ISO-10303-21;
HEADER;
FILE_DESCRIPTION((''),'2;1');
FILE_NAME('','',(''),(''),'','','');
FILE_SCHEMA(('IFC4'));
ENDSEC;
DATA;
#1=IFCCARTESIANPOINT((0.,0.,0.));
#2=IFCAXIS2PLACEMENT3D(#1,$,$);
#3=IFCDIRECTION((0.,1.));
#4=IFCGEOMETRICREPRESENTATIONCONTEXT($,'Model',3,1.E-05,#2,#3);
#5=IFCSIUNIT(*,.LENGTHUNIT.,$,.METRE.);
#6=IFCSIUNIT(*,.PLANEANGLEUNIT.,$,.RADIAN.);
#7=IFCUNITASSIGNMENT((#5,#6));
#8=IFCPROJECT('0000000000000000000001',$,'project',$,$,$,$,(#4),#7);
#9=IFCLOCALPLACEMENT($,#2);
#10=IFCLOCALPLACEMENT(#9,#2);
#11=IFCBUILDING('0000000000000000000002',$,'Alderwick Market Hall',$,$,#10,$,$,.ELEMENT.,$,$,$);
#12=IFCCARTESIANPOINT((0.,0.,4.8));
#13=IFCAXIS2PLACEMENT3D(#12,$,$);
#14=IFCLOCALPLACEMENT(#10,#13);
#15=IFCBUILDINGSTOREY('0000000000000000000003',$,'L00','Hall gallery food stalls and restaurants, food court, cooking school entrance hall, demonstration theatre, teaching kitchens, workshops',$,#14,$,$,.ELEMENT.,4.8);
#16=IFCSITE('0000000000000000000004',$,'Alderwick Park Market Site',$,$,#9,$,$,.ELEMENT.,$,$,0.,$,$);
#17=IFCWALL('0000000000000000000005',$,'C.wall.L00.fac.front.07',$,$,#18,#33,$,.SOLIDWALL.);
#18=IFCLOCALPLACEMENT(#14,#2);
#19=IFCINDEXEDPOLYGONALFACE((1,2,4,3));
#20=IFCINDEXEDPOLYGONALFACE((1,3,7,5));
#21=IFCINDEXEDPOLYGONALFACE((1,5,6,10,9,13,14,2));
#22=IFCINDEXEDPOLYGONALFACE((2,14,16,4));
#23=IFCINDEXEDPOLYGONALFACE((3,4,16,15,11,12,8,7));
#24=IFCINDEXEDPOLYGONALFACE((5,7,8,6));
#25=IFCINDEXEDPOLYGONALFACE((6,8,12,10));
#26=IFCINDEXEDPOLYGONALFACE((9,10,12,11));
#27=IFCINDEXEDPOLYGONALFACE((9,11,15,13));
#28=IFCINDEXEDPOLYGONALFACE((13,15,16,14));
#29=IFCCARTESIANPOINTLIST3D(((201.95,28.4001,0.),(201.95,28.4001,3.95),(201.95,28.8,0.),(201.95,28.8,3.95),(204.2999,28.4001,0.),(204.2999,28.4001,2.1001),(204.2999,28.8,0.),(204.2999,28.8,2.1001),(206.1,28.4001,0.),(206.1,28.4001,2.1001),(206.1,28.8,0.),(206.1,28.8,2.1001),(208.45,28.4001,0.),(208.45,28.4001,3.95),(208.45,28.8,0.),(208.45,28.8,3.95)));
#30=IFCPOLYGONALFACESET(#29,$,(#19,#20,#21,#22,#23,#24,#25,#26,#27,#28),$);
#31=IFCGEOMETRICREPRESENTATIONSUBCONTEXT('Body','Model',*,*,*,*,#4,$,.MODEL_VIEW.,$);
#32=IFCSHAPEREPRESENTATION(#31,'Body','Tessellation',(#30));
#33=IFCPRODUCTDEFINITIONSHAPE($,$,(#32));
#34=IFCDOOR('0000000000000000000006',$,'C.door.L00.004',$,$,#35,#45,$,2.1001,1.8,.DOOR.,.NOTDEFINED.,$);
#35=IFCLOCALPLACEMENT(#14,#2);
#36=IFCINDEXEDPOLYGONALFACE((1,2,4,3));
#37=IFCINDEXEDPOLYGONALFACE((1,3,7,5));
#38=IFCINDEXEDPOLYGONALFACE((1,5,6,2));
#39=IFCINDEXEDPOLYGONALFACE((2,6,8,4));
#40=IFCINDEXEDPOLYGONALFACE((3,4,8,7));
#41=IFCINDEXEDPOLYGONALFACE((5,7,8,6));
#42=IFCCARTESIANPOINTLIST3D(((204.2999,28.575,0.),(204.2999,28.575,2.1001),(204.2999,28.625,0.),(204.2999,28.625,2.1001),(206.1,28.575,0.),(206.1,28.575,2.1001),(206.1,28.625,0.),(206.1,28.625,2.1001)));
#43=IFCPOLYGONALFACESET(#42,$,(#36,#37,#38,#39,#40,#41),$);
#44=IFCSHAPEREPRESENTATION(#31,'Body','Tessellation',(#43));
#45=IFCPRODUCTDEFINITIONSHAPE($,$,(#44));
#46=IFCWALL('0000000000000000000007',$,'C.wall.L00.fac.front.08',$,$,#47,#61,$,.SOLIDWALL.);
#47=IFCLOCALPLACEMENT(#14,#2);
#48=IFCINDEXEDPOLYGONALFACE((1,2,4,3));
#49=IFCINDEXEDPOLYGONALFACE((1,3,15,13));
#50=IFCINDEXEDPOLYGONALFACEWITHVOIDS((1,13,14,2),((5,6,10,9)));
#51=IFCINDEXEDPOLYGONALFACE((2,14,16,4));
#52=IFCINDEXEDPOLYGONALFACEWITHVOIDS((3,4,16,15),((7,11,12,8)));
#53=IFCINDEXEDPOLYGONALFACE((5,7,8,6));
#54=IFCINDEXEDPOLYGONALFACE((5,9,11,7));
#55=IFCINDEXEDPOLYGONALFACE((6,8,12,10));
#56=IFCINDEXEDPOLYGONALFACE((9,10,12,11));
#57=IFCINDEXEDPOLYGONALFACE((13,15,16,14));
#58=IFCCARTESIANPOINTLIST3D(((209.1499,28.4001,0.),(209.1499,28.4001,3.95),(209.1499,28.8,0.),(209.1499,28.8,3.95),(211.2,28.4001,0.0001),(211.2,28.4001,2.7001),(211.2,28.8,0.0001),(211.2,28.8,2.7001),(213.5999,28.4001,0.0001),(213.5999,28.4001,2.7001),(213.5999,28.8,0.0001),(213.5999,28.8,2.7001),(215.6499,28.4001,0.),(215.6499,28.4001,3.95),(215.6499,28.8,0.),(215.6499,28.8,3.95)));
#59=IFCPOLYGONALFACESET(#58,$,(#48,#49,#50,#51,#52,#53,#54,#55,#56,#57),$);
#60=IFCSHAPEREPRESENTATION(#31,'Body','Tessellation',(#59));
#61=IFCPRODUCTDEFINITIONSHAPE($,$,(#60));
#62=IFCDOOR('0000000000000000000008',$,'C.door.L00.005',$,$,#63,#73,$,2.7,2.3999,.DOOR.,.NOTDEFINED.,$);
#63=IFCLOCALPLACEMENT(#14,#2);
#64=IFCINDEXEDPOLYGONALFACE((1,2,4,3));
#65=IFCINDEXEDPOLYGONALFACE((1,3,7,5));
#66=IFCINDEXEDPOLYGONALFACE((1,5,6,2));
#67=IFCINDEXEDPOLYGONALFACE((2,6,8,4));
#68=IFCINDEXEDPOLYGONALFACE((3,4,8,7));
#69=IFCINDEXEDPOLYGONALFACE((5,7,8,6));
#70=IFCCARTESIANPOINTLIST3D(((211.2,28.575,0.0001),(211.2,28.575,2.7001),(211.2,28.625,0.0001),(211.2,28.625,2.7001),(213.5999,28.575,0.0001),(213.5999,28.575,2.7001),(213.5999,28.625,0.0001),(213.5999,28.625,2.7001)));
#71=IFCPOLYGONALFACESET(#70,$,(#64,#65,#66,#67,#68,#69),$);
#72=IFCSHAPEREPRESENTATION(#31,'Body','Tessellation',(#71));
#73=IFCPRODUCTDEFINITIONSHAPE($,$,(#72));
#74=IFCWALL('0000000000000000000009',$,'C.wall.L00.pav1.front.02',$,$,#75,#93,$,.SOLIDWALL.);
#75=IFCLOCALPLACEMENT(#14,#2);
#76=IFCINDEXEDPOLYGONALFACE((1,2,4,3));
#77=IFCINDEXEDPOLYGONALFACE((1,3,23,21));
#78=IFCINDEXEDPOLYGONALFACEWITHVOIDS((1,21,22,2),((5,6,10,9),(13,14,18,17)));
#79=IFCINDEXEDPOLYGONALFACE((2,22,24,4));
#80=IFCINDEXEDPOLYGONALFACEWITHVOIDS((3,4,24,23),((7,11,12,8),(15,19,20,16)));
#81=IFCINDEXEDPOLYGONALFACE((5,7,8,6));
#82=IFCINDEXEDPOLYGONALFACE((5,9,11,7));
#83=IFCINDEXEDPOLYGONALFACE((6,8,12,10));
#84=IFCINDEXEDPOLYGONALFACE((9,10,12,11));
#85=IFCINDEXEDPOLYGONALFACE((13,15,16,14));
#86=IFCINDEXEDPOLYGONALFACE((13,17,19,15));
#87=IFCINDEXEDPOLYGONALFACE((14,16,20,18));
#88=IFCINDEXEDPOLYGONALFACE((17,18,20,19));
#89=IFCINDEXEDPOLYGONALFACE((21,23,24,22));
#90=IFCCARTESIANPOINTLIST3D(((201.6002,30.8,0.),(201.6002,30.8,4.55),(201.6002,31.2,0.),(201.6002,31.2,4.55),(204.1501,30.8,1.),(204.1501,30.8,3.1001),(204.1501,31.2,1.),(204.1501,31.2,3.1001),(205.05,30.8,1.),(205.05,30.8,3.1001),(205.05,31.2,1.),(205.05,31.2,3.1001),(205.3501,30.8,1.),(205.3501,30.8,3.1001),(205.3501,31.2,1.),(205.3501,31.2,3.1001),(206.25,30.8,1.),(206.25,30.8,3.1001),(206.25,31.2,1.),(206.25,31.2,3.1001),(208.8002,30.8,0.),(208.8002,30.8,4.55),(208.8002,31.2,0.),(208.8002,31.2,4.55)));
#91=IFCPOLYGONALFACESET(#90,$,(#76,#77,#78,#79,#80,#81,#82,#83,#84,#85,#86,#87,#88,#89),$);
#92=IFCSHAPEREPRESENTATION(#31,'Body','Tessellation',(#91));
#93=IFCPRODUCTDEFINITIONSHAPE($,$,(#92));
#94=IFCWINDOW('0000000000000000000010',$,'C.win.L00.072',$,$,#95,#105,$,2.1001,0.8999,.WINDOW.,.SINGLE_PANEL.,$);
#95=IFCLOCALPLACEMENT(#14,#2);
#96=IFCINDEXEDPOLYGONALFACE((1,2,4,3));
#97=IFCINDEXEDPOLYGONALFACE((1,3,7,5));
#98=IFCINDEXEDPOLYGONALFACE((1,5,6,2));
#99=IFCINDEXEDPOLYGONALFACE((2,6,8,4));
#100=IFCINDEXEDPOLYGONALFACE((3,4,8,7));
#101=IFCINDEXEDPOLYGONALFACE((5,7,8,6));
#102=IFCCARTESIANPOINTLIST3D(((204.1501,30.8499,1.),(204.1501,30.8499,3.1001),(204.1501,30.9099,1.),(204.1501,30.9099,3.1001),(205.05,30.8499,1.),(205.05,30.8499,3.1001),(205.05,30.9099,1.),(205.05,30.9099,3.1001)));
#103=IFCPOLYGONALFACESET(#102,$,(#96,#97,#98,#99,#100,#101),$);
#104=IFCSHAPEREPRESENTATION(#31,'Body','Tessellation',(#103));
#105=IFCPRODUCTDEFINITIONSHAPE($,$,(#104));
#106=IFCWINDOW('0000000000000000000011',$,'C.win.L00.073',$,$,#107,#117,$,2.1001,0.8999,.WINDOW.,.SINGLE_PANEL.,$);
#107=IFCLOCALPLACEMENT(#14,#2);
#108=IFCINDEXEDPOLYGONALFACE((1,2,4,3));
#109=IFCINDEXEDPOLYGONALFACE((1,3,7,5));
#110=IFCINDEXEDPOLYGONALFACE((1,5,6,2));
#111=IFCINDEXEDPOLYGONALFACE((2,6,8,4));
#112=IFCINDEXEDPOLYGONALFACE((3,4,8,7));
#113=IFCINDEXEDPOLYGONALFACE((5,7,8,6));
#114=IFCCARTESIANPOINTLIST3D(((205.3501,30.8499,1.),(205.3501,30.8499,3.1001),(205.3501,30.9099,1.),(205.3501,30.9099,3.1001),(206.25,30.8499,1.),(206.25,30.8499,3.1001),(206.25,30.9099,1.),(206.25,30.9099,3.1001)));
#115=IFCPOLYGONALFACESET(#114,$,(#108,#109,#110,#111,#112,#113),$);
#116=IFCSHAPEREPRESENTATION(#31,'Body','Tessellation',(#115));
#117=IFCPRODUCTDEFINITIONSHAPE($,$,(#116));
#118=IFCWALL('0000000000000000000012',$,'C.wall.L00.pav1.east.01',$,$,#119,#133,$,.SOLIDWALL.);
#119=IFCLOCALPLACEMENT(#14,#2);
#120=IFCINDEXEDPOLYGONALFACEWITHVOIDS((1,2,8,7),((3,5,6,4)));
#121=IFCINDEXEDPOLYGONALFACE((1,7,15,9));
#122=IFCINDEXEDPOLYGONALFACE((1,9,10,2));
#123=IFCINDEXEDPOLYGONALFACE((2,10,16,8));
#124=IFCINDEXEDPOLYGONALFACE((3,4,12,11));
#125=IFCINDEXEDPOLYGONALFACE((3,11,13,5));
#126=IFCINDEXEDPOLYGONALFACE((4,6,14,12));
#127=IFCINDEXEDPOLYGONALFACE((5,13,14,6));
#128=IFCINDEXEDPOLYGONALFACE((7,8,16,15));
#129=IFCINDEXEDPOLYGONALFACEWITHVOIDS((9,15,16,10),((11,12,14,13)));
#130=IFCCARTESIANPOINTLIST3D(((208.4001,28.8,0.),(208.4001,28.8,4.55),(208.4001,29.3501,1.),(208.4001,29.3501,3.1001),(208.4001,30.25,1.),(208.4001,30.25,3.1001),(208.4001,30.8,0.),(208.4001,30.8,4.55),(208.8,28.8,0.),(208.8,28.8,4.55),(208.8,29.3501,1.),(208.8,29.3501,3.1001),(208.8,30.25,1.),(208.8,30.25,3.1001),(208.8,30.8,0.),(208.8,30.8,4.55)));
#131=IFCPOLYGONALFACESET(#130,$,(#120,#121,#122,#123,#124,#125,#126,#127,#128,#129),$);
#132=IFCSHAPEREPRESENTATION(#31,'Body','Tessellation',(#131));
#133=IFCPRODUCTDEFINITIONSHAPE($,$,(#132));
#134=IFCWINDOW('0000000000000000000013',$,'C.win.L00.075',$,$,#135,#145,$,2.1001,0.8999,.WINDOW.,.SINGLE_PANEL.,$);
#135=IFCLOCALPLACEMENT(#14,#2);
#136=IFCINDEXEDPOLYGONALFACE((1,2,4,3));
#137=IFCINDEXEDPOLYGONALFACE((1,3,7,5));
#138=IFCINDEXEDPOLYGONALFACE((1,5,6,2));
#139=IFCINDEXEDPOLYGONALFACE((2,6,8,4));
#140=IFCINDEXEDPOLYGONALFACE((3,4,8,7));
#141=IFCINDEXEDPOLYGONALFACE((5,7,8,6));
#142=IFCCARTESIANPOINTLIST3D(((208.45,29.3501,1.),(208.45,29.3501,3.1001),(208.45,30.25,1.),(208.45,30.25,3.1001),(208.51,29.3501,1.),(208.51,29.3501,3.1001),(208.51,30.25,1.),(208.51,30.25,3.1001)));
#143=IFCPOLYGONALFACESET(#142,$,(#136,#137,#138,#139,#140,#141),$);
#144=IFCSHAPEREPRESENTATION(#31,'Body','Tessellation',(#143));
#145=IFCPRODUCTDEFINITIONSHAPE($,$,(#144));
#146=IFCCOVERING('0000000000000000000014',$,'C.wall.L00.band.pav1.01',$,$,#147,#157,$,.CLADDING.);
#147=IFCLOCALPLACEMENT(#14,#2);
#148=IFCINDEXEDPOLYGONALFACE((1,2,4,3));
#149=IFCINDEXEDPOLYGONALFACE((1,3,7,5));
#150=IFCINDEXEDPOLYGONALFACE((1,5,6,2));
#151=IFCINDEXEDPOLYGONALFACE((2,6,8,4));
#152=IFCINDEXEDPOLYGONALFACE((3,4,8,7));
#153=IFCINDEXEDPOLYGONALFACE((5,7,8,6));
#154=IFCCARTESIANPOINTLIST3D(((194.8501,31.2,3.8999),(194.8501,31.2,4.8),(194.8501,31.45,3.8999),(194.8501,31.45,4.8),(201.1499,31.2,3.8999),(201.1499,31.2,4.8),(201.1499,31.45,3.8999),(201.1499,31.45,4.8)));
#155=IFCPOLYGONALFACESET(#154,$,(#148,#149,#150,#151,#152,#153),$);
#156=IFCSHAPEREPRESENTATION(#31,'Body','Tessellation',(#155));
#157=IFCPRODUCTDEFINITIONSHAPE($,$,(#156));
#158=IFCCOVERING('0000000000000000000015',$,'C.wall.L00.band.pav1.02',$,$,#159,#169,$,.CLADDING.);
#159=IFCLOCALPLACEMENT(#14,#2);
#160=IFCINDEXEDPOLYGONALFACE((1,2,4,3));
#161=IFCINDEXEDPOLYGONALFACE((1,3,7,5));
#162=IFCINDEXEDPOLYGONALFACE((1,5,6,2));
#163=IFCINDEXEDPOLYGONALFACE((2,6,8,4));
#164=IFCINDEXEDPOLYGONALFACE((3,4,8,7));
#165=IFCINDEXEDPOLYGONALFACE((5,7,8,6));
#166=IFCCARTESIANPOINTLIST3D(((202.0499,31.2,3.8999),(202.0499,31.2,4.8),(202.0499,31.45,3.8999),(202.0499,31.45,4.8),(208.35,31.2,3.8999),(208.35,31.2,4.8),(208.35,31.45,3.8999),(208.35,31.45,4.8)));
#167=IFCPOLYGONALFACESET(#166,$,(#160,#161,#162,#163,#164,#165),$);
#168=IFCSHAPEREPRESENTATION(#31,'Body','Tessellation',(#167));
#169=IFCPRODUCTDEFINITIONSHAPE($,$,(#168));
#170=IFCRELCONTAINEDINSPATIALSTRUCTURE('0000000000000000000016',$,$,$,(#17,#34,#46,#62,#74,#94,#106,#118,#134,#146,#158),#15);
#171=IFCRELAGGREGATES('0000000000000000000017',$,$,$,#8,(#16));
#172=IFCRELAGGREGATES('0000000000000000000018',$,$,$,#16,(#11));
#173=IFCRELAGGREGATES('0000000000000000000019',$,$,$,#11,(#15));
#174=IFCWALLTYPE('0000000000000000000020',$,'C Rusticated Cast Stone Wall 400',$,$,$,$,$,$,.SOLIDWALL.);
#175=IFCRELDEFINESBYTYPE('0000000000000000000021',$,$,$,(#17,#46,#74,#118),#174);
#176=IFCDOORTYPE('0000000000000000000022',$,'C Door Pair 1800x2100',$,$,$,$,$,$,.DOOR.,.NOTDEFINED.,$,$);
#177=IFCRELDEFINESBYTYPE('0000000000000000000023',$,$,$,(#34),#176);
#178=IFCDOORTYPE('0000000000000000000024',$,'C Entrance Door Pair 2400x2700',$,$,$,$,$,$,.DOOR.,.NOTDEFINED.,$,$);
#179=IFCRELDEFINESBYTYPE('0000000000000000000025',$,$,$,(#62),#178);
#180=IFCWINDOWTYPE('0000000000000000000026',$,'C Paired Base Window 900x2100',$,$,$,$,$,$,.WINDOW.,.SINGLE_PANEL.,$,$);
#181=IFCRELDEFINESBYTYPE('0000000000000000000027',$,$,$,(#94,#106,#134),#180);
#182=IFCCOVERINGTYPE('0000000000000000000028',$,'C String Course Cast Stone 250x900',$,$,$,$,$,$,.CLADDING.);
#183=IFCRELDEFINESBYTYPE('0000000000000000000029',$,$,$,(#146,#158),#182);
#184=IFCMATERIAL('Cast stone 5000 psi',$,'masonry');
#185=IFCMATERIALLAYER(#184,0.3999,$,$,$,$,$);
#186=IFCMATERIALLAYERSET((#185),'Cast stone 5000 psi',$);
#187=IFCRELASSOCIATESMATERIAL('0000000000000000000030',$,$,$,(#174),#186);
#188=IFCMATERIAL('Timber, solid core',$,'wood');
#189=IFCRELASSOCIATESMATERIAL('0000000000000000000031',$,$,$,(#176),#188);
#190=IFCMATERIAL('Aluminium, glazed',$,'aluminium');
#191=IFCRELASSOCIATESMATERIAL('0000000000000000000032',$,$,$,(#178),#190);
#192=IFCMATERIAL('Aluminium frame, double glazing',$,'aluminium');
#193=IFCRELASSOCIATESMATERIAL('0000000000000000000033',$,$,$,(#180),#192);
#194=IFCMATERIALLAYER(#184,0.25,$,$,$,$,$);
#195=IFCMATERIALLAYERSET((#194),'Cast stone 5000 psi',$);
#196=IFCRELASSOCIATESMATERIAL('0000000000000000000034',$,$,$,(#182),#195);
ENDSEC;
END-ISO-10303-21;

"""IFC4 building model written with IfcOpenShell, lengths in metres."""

from ifc_helpers import new_model, si_unit, direction, frame, frame_2d, origin, place, context, subcontext, project, spatial, rectangle, extrude, material, layer, layer_set, type_object, element, fill, save


model = new_model("IFC4")

# Units and contexts
model_context = context("Model", 3, precision=1e-05, world=origin(), true_north=direction((0.0, 1.0)))
body_context = subcontext(model_context, "Body", "Model", "MODEL_VIEW")
ifc_project = project(units=[si_unit("LENGTHUNIT", "METRE"), si_unit("PLANEANGLEUNIT", "RADIAN")], contexts=[model_context])

# Site, building, storey
site_placement = place(None, origin())
site = spatial("IfcSite", under=ifc_project, at=site_placement, Name="Alderwick Park Market Site", CompositionType="ELEMENT", RefElevation=0.0)
building_placement = place(site_placement, origin())
building = spatial("IfcBuilding", under=site, at=building_placement, Name="Alderwick Market Hall", CompositionType="ELEMENT")
storey_placement = place(building_placement, frame((0.0, 0.0, 4.8)))
storey = spatial("IfcBuildingStorey", under=building, at=storey_placement, Name="L00", Description="Hall gallery food stalls and restaurants, food court, cooking school entrance hall, demonstration theatre, teaching kitchens, workshops", CompositionType="ELEMENT", Elevation=4.8)

# Shared definitions
ifc_material_1 = material(Name="Cast stone 5000 psi", Category="masonry")

# Walls, openings, doors
ifc_layer_1 = layer(ifc_material_1, 0.3999)
ifc_layer_set_1 = layer_set([ifc_layer_1], Name="Cast stone 5000 psi")
wall_type = type_object("IfcWallType", Name="C Rusticated Cast Stone Wall 400", PredefinedType="SOLIDWALL", material=ifc_layer_set_1)
wall_1_placement = place(storey_placement, frame((201.95, 28.6001, 0.0), z_axis=(0.0, 0.0, 1.0), x_axis=(1.0, 0.0, 0.0)))
wall_1 = element("IfcWall", 1, at=wall_1_placement, inside=storey, type_object=wall_type, Name="C.wall.L00.fac.front.07", PredefinedType="SOLIDWALL", context=body_context, shape_type="SweptSolid", body=[
    extrude(rectangle(XDim=6.5, YDim=0.3999, at=frame_2d((3.25, 0.0))), origin(), (0.0, 0.0, 1.0), 3.95),
])
opening_1_placement = place(wall_1_placement, frame((2.3501, 0.0, 0.0)))
opening_1 = element("IfcOpeningElement", 2, at=opening_1_placement, cuts=wall_1, PredefinedType="OPENING", context=body_context, shape_type="SweptSolid", body=[
    extrude(rectangle(XDim=1.8, YDim=2.1001, at=frame_2d((0.8999, 1.05))), frame((0.0, 0.21, 0.0), z_axis=(0.0, -1.0, 0.0), x_axis=(1.0, 0.0, 0.0)), (0.0, 0.0, 1.0), 0.4199),
])
ifc_material_2 = material(Name="Timber, solid core", Category="wood")
door_type_1 = type_object("IfcDoorType", Name="C Door Pair 1800x2100", OperationType="NOTDEFINED", PredefinedType="DOOR", material=ifc_material_2)
door_1_placement = place(opening_1_placement, origin())
door_1 = element("IfcDoor", 3, at=door_1_placement, inside=storey, type_object=door_type_1, Name="C.door.L00.004", OperationType="NOTDEFINED", OverallHeight=2.1001, OverallWidth=1.8, PredefinedType="DOOR", context=body_context, shape_type="SweptSolid", body=[
    extrude(rectangle(XDim=1.8, YDim=2.1001, at=frame_2d((0.8999, 1.05))), frame((0.0, 0.0249, 0.0), z_axis=(0.0, -1.0, 0.0), x_axis=(1.0, 0.0, 0.0)), (0.0, 0.0, 1.0), 0.05),
])
fill(opening_1, door_1)
wall_2_placement = place(storey_placement, frame((209.1499, 28.6001, 0.0), z_axis=(0.0, 0.0, 1.0), x_axis=(1.0, 0.0, 0.0)))
wall_2 = element("IfcWall", 4, at=wall_2_placement, inside=storey, type_object=wall_type, Name="C.wall.L00.fac.front.08", PredefinedType="SOLIDWALL", context=body_context, shape_type="SweptSolid", body=[
    extrude(rectangle(XDim=6.5, YDim=0.3999, at=frame_2d((3.25, 0.0))), origin(), (0.0, 0.0, 1.0), 3.95),
])
opening_2_placement = place(wall_2_placement, frame((2.05, 0.0, 0.0)))
opening_2 = element("IfcOpeningElement", 5, at=opening_2_placement, cuts=wall_2, PredefinedType="OPENING", context=body_context, shape_type="SweptSolid", body=[
    extrude(rectangle(XDim=2.3999, YDim=2.7, at=frame_2d((1.2, 1.3501))), frame((0.0, 0.21, 0.0), z_axis=(0.0, -1.0, 0.0), x_axis=(1.0, 0.0, 0.0)), (0.0, 0.0, 1.0), 0.4199),
])
ifc_material_3 = material(Name="Aluminium, glazed", Category="aluminium")
door_type_2 = type_object("IfcDoorType", Name="C Entrance Door Pair 2400x2700", OperationType="NOTDEFINED", PredefinedType="DOOR", material=ifc_material_3)
door_2_placement = place(opening_2_placement, origin())
door_2 = element("IfcDoor", 6, at=door_2_placement, inside=storey, type_object=door_type_2, Name="C.door.L00.005", OperationType="NOTDEFINED", OverallHeight=2.7, OverallWidth=2.3999, PredefinedType="DOOR", context=body_context, shape_type="SweptSolid", body=[
    extrude(rectangle(XDim=2.3999, YDim=2.7, at=frame_2d((1.2, 1.3501))), frame((0.0, 0.0249, 0.0), z_axis=(0.0, -1.0, 0.0), x_axis=(1.0, 0.0, 0.0)), (0.0, 0.0, 1.0), 0.05),
])
fill(opening_2, door_2)

# Wall, openings, windows
wall_3_placement = place(storey_placement, frame((201.6001, 31.0, 0.0), z_axis=(0.0, 0.0, 1.0), x_axis=(1.0, 0.0, 0.0)))
wall_3 = element("IfcWall", 7, at=wall_3_placement, inside=storey, type_object=wall_type, Name="C.wall.L00.pav1.front.02", PredefinedType="SOLIDWALL", context=body_context, shape_type="SweptSolid", body=[
    extrude(rectangle(XDim=7.2, YDim=0.3999, at=frame_2d((3.6001, 0.0))), origin(), (0.0, 0.0, 1.0), 4.55),
])
opening_3_placement = place(wall_3_placement, frame((2.55, 0.0, 1.0)))
opening_3 = element("IfcOpeningElement", 8, at=opening_3_placement, cuts=wall_3, PredefinedType="OPENING", context=body_context, shape_type="SweptSolid", body=[
    extrude(rectangle(XDim=0.8999, YDim=2.1001, at=frame_2d((0.45, 1.05))), frame((0.0, 0.21, 0.0), z_axis=(0.0, -1.0, 0.0), x_axis=(1.0, 0.0, 0.0)), (0.0, 0.0, 1.0), 0.4199),
])
opening_4_placement = place(wall_3_placement, frame((3.75, 0.0, 1.0)))
opening_4 = element("IfcOpeningElement", 9, at=opening_4_placement, cuts=wall_3, PredefinedType="OPENING", context=body_context, shape_type="SweptSolid", body=[
    extrude(rectangle(XDim=0.8999, YDim=2.1001, at=frame_2d((0.45, 1.05))), frame((0.0, 0.21, 0.0), z_axis=(0.0, -1.0, 0.0), x_axis=(1.0, 0.0, 0.0)), (0.0, 0.0, 1.0), 0.4199),
])
ifc_material_4 = material(Name="Aluminium frame, double glazing", Category="aluminium")
window_type = type_object("IfcWindowType", Name="C Paired Base Window 900x2100", PartitioningType="SINGLE_PANEL", PredefinedType="WINDOW", material=ifc_material_4)
window_1_placement = place(opening_3_placement, origin())
window_1 = element("IfcWindow", 10, at=window_1_placement, inside=storey, type_object=window_type, Name="C.win.L00.072", OverallHeight=2.1001, OverallWidth=0.8999, PartitioningType="SINGLE_PANEL", PredefinedType="WINDOW", context=body_context, shape_type="SweptSolid", body=[
    extrude(rectangle(XDim=0.8999, YDim=2.1001, at=frame_2d((0.45, 1.05))), frame((0.0, -0.0901, 0.0), z_axis=(0.0, -1.0, 0.0), x_axis=(1.0, 0.0, 0.0)), (0.0, 0.0, 1.0), 0.0601),
])
fill(opening_3, window_1)
window_2_placement = place(opening_4_placement, origin())
window_2 = element("IfcWindow", 11, at=window_2_placement, inside=storey, type_object=window_type, Name="C.win.L00.073", OverallHeight=2.1001, OverallWidth=0.8999, PartitioningType="SINGLE_PANEL", PredefinedType="WINDOW", context=body_context, shape_type="SweptSolid", body=[
    extrude(rectangle(XDim=0.8999, YDim=2.1001, at=frame_2d((0.45, 1.05))), frame((0.0, -0.0901, 0.0), z_axis=(0.0, -1.0, 0.0), x_axis=(1.0, 0.0, 0.0)), (0.0, 0.0, 1.0), 0.0601),
])
fill(opening_4, window_2)

# Wall, opening, window
wall_4_placement = place(storey_placement, frame((208.6001, 30.8, 0.0), z_axis=(0.0, 0.0, 1.0), x_axis=(0.0, -1.0, 0.0)))
wall_4 = element("IfcWall", 12, at=wall_4_placement, inside=storey, type_object=wall_type, Name="C.wall.L00.pav1.east.01", PredefinedType="SOLIDWALL", context=body_context, shape_type="SweptSolid", body=[
    extrude(rectangle(XDim=2.0, YDim=0.3999, at=frame_2d((1.0, 0.0))), origin(), (0.0, 0.0, 1.0), 4.55),
])
opening_5_placement = place(wall_4_placement, frame((0.55, 0.0, 1.0)))
opening_5 = element("IfcOpeningElement", 13, at=opening_5_placement, cuts=wall_4, PredefinedType="OPENING", context=body_context, shape_type="SweptSolid", body=[
    extrude(rectangle(XDim=0.8999, YDim=2.1001, at=frame_2d((0.45, 1.05))), frame((0.0, 0.21, 0.0), z_axis=(0.0, -1.0, 0.0), x_axis=(1.0, 0.0, 0.0)), (0.0, 0.0, 1.0), 0.4199),
])
window_3_placement = place(opening_5_placement, origin())
window_3 = element("IfcWindow", 14, at=window_3_placement, inside=storey, type_object=window_type, Name="C.win.L00.075", OverallHeight=2.1001, OverallWidth=0.8999, PartitioningType="SINGLE_PANEL", PredefinedType="WINDOW", context=body_context, shape_type="SweptSolid", body=[
    extrude(rectangle(XDim=0.8999, YDim=2.1001, at=frame_2d((0.45, 1.05))), frame((0.0, -0.0901, 0.0), z_axis=(0.0, -1.0, 0.0), x_axis=(1.0, 0.0, 0.0)), (0.0, 0.0, 1.0), 0.0601),
])
fill(opening_5, window_3)

# Coverings
ifc_layer_2 = layer(ifc_material_1, 0.25)
ifc_layer_set_2 = layer_set([ifc_layer_2], Name="Cast stone 5000 psi")
covering_type_1 = type_object("IfcCoveringType", Name="C String Course Cast Stone 250x900", PredefinedType="CLADDING", material=ifc_layer_set_2)
covering_1_placement = place(storey_placement, frame((194.8501, 31.325, 3.8999), z_axis=(0.0, 0.0, 1.0), x_axis=(1.0, 0.0, 0.0)))
element("IfcCovering", 15, at=covering_1_placement, inside=storey, type_object=covering_type_1, Name="C.wall.L00.band.pav1.01", PredefinedType="CLADDING", context=body_context, shape_type="SweptSolid", body=[
    extrude(rectangle(XDim=6.2998, YDim=0.25, at=frame_2d((3.1499, 0.0))), origin(), (0.0, 0.0, 1.0), 0.9001),
])
covering_2_placement = place(storey_placement, frame((202.05, 31.325, 3.8999), z_axis=(0.0, 0.0, 1.0), x_axis=(1.0, 0.0, 0.0)))
element("IfcCovering", 16, at=covering_2_placement, inside=storey, type_object=covering_type_1, Name="C.wall.L00.band.pav1.02", PredefinedType="CLADDING", context=body_context, shape_type="SweptSolid", body=[
    extrude(rectangle(XDim=6.3, YDim=0.25, at=frame_2d((3.1499, 0.0))), origin(), (0.0, 0.0, 1.0), 0.9001),
])

save(model, "model.ifc")
